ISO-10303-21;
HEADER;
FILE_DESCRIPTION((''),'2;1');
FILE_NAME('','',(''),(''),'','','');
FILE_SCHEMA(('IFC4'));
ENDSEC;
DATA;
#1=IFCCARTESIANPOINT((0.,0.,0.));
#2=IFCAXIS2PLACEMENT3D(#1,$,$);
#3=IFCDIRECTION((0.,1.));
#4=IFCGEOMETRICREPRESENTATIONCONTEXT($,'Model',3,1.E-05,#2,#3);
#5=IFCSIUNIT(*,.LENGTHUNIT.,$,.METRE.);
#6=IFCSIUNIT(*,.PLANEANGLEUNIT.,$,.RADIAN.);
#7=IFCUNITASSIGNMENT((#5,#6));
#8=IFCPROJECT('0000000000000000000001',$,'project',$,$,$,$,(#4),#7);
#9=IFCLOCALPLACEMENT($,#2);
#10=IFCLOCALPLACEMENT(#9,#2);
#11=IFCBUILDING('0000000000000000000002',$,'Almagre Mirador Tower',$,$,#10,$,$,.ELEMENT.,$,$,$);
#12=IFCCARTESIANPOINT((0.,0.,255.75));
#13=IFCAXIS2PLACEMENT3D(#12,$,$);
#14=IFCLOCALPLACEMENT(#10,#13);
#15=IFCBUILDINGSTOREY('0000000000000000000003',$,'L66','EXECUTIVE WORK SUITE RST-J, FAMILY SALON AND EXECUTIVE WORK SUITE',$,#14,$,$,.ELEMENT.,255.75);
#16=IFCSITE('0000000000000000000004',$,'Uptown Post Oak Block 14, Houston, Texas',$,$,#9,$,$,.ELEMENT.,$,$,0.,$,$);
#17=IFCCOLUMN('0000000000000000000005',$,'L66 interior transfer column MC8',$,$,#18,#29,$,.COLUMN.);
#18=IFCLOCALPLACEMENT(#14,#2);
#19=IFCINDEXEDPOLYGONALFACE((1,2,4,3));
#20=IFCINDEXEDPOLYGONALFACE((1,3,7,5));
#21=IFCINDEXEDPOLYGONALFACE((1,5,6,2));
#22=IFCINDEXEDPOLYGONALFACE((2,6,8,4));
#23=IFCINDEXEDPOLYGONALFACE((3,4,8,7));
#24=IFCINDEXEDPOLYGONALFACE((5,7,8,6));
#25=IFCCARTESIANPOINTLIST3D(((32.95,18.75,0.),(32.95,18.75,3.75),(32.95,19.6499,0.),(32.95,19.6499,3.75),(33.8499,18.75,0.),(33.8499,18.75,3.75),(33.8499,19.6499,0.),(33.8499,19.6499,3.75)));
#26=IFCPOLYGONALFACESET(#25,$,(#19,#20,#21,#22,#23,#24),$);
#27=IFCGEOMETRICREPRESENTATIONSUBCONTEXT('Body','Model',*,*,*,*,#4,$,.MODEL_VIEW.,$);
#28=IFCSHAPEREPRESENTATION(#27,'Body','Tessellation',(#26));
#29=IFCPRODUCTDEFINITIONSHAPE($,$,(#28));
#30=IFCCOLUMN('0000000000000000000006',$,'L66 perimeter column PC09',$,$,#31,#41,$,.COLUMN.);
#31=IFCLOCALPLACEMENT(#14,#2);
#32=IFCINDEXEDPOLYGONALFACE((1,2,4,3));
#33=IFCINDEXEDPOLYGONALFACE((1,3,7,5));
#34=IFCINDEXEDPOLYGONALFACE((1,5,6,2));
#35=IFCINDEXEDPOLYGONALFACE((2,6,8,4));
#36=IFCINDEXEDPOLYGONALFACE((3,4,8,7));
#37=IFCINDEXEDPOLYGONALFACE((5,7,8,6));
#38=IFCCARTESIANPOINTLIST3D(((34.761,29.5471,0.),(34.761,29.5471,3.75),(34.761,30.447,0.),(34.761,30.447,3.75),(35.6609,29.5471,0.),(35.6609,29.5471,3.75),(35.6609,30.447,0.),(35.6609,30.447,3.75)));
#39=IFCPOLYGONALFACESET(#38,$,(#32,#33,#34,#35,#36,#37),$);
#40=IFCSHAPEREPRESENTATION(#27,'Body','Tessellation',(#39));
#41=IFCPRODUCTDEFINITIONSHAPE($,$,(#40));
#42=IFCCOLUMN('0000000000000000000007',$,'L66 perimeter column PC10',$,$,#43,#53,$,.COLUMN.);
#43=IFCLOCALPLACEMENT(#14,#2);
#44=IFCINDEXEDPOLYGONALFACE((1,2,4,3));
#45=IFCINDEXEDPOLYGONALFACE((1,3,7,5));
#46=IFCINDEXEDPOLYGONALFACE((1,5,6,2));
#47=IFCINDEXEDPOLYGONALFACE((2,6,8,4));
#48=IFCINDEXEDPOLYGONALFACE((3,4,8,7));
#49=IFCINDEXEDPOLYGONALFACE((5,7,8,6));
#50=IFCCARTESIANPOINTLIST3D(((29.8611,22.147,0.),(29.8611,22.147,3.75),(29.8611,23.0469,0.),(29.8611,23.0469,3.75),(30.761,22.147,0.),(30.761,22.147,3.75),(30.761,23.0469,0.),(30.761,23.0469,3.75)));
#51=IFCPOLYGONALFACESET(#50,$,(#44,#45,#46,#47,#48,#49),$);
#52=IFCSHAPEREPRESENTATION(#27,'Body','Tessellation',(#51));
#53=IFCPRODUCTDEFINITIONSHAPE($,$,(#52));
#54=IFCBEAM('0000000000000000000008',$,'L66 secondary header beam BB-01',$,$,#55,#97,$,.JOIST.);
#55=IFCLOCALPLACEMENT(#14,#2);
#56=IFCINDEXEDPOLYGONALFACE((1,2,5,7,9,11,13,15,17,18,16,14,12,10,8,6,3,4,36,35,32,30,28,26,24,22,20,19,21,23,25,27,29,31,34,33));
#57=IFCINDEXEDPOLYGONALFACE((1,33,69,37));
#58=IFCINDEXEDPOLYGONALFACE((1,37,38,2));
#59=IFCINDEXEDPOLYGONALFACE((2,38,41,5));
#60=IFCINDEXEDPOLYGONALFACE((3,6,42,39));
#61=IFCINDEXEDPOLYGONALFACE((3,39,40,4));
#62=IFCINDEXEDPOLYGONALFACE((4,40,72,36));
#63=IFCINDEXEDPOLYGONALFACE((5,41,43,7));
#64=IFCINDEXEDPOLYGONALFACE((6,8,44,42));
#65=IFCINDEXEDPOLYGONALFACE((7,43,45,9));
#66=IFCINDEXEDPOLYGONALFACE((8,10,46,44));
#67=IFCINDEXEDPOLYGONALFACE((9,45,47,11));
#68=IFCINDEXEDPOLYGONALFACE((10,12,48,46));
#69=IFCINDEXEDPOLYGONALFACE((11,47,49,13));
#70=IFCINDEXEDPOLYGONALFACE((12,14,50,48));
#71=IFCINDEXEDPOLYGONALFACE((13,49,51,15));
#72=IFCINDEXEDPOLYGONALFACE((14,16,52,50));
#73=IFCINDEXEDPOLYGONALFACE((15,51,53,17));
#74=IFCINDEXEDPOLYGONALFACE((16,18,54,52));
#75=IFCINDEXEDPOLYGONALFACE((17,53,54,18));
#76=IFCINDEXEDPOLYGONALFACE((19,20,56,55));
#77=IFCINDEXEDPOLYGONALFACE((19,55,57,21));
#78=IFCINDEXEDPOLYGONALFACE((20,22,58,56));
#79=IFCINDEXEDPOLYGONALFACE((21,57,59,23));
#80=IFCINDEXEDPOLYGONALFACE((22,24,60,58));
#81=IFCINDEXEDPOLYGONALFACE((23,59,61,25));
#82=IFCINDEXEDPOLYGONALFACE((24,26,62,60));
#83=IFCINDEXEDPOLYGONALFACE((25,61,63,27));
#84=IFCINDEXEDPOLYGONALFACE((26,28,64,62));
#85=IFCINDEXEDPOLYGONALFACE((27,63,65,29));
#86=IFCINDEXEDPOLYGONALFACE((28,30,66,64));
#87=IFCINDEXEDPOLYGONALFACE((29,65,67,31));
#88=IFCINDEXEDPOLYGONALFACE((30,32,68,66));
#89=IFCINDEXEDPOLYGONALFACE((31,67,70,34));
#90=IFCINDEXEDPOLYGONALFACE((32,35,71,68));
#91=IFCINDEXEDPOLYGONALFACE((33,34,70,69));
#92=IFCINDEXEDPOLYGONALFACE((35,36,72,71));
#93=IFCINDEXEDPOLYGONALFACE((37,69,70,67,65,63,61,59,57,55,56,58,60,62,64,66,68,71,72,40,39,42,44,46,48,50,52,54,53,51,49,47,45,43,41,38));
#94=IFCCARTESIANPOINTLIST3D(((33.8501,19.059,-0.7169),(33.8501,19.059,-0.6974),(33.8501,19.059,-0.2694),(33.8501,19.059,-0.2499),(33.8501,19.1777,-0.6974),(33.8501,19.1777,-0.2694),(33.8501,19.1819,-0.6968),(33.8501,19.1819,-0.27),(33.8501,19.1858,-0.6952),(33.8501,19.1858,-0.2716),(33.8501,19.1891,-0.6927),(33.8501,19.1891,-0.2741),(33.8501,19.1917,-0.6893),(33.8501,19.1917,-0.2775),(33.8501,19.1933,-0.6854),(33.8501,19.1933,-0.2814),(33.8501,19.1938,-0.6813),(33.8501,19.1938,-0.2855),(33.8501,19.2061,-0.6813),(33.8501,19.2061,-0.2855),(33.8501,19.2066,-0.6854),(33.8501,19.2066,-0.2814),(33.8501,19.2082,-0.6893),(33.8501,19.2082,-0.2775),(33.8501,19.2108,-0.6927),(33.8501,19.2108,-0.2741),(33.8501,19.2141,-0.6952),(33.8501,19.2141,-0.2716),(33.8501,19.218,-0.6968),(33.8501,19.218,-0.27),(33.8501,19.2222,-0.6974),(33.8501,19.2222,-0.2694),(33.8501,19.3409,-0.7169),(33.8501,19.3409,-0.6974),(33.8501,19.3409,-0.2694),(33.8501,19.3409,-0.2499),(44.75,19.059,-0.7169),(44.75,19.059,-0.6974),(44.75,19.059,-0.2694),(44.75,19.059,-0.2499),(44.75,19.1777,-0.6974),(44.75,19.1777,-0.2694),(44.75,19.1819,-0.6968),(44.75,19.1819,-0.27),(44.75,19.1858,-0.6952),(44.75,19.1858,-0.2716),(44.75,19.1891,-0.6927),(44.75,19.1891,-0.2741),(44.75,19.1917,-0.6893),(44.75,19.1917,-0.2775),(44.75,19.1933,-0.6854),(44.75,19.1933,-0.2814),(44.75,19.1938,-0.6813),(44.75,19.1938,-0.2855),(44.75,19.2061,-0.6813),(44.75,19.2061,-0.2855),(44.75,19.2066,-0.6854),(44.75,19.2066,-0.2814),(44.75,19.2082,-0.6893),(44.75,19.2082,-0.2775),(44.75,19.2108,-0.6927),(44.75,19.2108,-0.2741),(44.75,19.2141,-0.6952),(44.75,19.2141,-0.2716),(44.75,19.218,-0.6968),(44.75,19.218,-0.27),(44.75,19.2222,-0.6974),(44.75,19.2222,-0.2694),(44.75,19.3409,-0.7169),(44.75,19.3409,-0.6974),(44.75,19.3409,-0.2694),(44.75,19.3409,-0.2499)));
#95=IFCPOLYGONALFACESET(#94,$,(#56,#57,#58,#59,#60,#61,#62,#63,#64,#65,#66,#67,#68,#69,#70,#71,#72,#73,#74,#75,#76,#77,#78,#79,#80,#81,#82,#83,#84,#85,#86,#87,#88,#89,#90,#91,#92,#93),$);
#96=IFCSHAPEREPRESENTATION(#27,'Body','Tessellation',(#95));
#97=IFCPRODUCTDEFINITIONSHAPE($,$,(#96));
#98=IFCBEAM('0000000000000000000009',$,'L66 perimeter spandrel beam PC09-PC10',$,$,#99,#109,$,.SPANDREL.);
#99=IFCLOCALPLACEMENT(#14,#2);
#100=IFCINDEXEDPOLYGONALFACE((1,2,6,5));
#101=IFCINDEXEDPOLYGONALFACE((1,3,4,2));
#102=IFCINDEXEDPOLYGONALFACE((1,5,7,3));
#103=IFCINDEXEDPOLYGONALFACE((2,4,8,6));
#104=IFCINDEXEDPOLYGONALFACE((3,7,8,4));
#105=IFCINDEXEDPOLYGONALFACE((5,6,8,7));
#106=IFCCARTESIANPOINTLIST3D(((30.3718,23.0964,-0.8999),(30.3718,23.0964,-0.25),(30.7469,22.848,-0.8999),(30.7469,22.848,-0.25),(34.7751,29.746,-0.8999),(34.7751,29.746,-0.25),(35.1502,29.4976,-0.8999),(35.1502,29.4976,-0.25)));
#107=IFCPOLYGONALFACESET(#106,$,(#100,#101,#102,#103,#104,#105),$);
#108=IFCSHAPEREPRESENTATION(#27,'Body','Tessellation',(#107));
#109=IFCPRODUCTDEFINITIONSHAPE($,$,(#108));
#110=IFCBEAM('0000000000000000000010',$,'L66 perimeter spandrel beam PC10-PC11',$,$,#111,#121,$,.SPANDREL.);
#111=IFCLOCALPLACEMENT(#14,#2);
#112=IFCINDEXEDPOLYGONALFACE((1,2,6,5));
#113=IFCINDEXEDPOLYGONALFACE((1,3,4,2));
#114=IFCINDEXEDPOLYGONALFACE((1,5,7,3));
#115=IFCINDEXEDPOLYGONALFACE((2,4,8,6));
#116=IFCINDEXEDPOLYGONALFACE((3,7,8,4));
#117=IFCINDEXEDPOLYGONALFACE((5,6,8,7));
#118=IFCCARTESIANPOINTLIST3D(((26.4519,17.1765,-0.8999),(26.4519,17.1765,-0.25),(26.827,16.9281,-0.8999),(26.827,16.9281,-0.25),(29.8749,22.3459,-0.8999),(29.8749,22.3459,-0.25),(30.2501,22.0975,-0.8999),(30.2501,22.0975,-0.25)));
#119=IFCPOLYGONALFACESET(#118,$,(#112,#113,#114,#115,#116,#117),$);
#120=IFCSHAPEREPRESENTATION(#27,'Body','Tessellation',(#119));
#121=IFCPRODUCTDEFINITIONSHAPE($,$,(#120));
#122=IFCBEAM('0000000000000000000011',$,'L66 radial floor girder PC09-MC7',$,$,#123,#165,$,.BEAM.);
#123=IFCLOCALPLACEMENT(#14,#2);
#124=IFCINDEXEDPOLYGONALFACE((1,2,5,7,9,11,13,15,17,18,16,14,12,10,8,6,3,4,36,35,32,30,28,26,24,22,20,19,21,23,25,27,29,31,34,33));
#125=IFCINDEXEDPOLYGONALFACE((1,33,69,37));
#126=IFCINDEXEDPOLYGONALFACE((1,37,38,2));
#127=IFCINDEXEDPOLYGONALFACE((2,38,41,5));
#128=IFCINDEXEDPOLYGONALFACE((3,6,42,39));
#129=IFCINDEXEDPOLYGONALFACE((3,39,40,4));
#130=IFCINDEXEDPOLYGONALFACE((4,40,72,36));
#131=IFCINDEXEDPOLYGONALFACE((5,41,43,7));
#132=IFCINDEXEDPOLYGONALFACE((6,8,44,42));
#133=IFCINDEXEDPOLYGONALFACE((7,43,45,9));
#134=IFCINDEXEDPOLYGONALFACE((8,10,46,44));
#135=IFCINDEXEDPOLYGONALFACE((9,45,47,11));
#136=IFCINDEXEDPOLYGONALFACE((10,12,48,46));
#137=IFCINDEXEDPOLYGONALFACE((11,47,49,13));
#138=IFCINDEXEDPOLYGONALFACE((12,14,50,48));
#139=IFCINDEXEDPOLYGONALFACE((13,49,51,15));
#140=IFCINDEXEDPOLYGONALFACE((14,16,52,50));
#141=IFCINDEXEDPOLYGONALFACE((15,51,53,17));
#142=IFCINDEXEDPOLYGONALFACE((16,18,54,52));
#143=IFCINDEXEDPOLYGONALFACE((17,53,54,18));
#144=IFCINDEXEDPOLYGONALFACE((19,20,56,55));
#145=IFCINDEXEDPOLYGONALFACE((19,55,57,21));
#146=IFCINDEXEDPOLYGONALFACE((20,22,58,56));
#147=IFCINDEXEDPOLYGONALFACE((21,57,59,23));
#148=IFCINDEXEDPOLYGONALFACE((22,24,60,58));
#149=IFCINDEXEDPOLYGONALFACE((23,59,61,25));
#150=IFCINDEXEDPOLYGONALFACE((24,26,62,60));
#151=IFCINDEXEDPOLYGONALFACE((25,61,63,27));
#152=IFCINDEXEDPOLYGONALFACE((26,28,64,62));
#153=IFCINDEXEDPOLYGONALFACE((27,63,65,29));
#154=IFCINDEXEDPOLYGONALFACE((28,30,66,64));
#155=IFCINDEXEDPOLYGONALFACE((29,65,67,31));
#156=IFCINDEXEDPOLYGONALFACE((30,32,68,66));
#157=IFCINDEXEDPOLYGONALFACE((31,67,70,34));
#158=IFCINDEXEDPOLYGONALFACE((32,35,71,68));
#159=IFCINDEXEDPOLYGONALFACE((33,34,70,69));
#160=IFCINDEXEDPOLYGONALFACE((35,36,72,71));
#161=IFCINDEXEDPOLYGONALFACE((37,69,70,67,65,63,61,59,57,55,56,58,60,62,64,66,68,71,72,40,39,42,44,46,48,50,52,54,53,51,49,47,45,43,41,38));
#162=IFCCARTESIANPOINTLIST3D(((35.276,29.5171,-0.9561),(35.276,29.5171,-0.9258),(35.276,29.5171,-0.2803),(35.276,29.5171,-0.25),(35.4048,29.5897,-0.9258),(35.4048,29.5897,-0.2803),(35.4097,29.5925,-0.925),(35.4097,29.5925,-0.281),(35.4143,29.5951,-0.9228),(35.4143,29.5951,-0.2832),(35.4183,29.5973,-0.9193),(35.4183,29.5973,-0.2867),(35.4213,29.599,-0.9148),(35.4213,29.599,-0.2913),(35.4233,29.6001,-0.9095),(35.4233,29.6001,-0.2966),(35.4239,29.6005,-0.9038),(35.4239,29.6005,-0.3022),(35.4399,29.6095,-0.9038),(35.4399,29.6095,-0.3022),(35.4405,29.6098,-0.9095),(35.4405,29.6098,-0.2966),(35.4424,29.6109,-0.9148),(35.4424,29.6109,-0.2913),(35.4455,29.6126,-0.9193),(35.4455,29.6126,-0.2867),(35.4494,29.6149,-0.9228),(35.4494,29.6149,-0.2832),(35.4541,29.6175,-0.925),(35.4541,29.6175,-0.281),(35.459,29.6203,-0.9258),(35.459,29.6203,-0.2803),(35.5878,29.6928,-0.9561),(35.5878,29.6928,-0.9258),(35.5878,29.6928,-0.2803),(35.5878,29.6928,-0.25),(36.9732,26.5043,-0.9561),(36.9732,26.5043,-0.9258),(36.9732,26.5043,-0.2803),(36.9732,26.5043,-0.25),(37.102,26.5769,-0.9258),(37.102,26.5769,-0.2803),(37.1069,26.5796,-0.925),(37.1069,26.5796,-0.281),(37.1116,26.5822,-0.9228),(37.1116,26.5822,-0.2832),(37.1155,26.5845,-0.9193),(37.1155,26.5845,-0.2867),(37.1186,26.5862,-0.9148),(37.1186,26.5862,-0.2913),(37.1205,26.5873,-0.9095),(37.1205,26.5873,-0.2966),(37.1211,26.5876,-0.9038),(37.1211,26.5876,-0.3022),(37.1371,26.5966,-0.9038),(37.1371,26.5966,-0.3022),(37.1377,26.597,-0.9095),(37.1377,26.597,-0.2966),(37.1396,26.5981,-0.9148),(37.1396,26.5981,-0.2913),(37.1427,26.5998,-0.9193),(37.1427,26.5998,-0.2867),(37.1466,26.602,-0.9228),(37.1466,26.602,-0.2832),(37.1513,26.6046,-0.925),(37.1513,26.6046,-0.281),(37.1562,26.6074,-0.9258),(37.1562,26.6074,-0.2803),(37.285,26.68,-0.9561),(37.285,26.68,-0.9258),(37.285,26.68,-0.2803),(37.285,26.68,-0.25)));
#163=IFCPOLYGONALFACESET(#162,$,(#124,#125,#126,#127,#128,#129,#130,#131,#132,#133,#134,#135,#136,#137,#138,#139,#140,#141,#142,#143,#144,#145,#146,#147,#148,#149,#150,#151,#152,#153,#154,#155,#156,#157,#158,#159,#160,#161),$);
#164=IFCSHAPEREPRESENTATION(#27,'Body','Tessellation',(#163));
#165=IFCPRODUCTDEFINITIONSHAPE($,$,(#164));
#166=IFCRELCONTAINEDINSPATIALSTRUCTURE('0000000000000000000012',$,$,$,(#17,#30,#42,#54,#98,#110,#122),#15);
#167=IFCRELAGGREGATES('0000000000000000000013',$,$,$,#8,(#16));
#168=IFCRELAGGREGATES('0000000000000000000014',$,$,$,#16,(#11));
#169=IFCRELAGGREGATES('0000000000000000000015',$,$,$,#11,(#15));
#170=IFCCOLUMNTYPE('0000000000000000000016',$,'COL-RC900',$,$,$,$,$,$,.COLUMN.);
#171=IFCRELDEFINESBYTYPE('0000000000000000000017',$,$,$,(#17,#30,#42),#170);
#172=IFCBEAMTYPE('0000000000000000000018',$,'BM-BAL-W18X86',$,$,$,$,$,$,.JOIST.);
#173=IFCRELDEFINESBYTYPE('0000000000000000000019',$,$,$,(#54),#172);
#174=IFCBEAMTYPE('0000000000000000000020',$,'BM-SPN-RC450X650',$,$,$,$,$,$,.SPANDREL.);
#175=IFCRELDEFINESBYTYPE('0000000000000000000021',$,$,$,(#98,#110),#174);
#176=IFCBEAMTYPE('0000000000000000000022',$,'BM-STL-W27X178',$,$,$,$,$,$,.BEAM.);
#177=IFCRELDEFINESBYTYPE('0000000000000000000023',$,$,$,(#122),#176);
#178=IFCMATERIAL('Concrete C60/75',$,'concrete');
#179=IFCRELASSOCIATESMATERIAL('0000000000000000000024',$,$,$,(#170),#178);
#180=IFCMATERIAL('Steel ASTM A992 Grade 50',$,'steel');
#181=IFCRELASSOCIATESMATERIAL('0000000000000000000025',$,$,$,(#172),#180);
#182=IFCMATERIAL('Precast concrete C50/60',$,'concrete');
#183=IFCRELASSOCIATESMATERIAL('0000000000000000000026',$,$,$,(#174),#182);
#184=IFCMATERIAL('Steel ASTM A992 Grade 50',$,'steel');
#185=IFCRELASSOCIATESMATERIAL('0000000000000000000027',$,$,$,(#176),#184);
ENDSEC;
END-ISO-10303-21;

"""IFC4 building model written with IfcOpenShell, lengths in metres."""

from ifc_helpers import new_model, si_unit, direction, frame, origin, origin_2d, place, context, subcontext, project, spatial, rectangle, i_section, extrude, material, material_profile, profile_set, type_object, element, save


model = new_model("IFC4")

# Units and contexts
model_context = context("Model", 3, precision=1e-05, world=origin(), true_north=direction((0.0, 1.0)))
body_context = subcontext(model_context, "Body", "Model", "MODEL_VIEW")
ifc_project = project(units=[si_unit("LENGTHUNIT", "METRE"), si_unit("PLANEANGLEUNIT", "RADIAN")], contexts=[model_context])

# Site, building, storey
site_placement = place(None, origin())
site = spatial("IfcSite", under=ifc_project, at=site_placement, Name="Uptown Post Oak Block 14, Houston, Texas", CompositionType="ELEMENT", RefElevation=0.0)
building_placement = place(site_placement, origin())
building = spatial("IfcBuilding", under=site, at=building_placement, Name="Almagre Mirador Tower", CompositionType="ELEMENT")
storey_placement = place(building_placement, frame((0.0, 0.0, 255.75)))
storey = spatial("IfcBuildingStorey", under=building, at=storey_placement, Name="L66", Description="EXECUTIVE WORK SUITE RST-J, FAMILY SALON AND EXECUTIVE WORK SUITE", CompositionType="ELEMENT", Elevation=255.75)

# Columns
ifc_material_1 = material(Name="Concrete C60/75", Category="concrete")
ifc_material_profile_1 = material_profile(ifc_material_1, rectangle(XDim=0.8999, YDim=0.8999, at=origin_2d()), Name="RC900X900")
ifc_profile_set_1 = profile_set([ifc_material_profile_1], Name="Concrete C60/75")
column_type = type_object("IfcColumnType", Name="COL-RC900", PredefinedType="COLUMN", material=ifc_profile_set_1)
for number, where, z_axis, x_axis, name in (
    (1, (33.3999, 19.2, 0.0), (0.0, 0.0, 1.0), (1.0, 0.0, 0.0), "L66 interior transfer column MC8"),
    (2, (35.2109, 29.9971, 0.0), (0.0, 0.0, 1.0), (1.0, 0.0, 0.0), "L66 perimeter column PC09"),
    (3, (30.311, 22.5969, 0.0), (0.0, 0.0, 1.0), (1.0, 0.0, 0.0), "L66 perimeter column PC10"),
):
    element("IfcColumn", number, at=place(storey_placement, frame(where, z_axis=z_axis, x_axis=x_axis)), inside=storey, type_object=column_type, Name=name, PredefinedType="COLUMN", context=body_context, shape_type="SweptSolid", body=[
        extrude(rectangle(XDim=0.8999, YDim=0.8999, at=origin_2d()), origin(), (0.0, 0.0, 1.0), 3.75),
    ])

# Beams
ifc_material_2 = material(Name="Steel ASTM A992 Grade 50", Category="steel")
ifc_material_profile_2 = material_profile(ifc_material_2, i_section(OverallWidth=0.282, OverallDepth=0.467, WebThickness=0.0122, FlangeThickness=0.0195, FilletRadius=0.0161, at=origin_2d()), Name="W18X86")
ifc_profile_set_2 = profile_set([ifc_material_profile_2], Name="Steel ASTM A992 Grade 50")
beam_type_1 = type_object("IfcBeamType", Name="BM-BAL-W18X86", PredefinedType="JOIST", material=ifc_profile_set_2)
beam_1_placement = place(storey_placement, frame((33.8501, 19.2, -0.4834), z_axis=(1.0, 0.0, 0.0), x_axis=(0.0, 1.0, 0.0)))
element("IfcBeam", 4, at=beam_1_placement, inside=storey, type_object=beam_type_1, Name="L66 secondary header beam BB-01", PredefinedType="JOIST", context=body_context, shape_type="SweptSolid", body=[
    extrude(i_section(OverallWidth=0.282, OverallDepth=0.467, WebThickness=0.0122, FlangeThickness=0.0195, FilletRadius=0.0161, at=origin_2d()), origin(), (0.0, 0.0, 1.0), 10.8999),
])
ifc_material_3 = material(Name="Precast concrete C50/60", Category="concrete")
ifc_material_profile_3 = material_profile(ifc_material_3, rectangle(XDim=0.45, YDim=0.6499, at=origin_2d()), Name="RC450X650")
ifc_profile_set_3 = profile_set([ifc_material_profile_3], Name="Precast concrete C50/60")
beam_type_2 = type_object("IfcBeamType", Name="BM-SPN-RC450X650", PredefinedType="SPANDREL", material=ifc_profile_set_3)
beam_2_placement = place(storey_placement, frame((34.9626, 29.6218, -0.575), z_axis=(-0.552112, -0.83377, 0.0), x_axis=(0.83377, -0.552112, 0.0)))
element("IfcBeam", 5, at=beam_2_placement, inside=storey, type_object=beam_type_2, Name="L66 perimeter spandrel beam PC09-PC10", PredefinedType="SPANDREL", context=body_context, shape_type="SweptSolid", body=[
    extrude(rectangle(XDim=0.45, YDim=0.6499, at=origin_2d()), origin(), (0.0, 0.0, 1.0), 7.9753),
])
beam_3_placement = place(storey_placement, frame((30.0625, 22.2217, -0.575), z_axis=(-0.552108, -0.833773, 0.0), x_axis=(0.833773, -0.552108, 0.0)))
element("IfcBeam", 6, at=beam_3_placement, inside=storey, type_object=beam_type_2, Name="L66 perimeter spandrel beam PC10-PC11", PredefinedType="SPANDREL", context=body_context, shape_type="SweptSolid", body=[
    extrude(rectangle(XDim=0.45, YDim=0.6499, at=origin_2d()), origin(), (0.0, 0.0, 1.0), 6.2),
])
ifc_material_4 = material(Name="Steel ASTM A992 Grade 50", Category="steel")
ifc_material_profile_4 = material_profile(ifc_material_4, i_section(OverallWidth=0.3579, OverallDepth=0.7061, WebThickness=0.0183, FlangeThickness=0.0303, FilletRadius=0.022, at=origin_2d()), Name="W27X178")
ifc_profile_set_4 = profile_set([ifc_material_profile_4], Name="Steel ASTM A992 Grade 50")
beam_type_3 = type_object("IfcBeamType", Name="BM-STL-W27X178", PredefinedType="BEAM", material=ifc_profile_set_4)
beam_4_placement = place(storey_placement, frame((35.4319, 29.605, -0.603), z_axis=(0.490808, -0.871268, 0.0), x_axis=(0.871268, 0.490808, 0.0)))
element("IfcBeam", 7, at=beam_4_placement, inside=storey, type_object=beam_type_3, Name="L66 radial floor girder PC09-MC7", PredefinedType="BEAM", context=body_context, shape_type="SweptSolid", body=[
    extrude(i_section(OverallWidth=0.3579, OverallDepth=0.7061, WebThickness=0.0183, FlangeThickness=0.0303, FilletRadius=0.022, at=origin_2d()), origin(), (0.0, 0.0, 1.0), 3.458),
])

save(model, "model.ifc")
